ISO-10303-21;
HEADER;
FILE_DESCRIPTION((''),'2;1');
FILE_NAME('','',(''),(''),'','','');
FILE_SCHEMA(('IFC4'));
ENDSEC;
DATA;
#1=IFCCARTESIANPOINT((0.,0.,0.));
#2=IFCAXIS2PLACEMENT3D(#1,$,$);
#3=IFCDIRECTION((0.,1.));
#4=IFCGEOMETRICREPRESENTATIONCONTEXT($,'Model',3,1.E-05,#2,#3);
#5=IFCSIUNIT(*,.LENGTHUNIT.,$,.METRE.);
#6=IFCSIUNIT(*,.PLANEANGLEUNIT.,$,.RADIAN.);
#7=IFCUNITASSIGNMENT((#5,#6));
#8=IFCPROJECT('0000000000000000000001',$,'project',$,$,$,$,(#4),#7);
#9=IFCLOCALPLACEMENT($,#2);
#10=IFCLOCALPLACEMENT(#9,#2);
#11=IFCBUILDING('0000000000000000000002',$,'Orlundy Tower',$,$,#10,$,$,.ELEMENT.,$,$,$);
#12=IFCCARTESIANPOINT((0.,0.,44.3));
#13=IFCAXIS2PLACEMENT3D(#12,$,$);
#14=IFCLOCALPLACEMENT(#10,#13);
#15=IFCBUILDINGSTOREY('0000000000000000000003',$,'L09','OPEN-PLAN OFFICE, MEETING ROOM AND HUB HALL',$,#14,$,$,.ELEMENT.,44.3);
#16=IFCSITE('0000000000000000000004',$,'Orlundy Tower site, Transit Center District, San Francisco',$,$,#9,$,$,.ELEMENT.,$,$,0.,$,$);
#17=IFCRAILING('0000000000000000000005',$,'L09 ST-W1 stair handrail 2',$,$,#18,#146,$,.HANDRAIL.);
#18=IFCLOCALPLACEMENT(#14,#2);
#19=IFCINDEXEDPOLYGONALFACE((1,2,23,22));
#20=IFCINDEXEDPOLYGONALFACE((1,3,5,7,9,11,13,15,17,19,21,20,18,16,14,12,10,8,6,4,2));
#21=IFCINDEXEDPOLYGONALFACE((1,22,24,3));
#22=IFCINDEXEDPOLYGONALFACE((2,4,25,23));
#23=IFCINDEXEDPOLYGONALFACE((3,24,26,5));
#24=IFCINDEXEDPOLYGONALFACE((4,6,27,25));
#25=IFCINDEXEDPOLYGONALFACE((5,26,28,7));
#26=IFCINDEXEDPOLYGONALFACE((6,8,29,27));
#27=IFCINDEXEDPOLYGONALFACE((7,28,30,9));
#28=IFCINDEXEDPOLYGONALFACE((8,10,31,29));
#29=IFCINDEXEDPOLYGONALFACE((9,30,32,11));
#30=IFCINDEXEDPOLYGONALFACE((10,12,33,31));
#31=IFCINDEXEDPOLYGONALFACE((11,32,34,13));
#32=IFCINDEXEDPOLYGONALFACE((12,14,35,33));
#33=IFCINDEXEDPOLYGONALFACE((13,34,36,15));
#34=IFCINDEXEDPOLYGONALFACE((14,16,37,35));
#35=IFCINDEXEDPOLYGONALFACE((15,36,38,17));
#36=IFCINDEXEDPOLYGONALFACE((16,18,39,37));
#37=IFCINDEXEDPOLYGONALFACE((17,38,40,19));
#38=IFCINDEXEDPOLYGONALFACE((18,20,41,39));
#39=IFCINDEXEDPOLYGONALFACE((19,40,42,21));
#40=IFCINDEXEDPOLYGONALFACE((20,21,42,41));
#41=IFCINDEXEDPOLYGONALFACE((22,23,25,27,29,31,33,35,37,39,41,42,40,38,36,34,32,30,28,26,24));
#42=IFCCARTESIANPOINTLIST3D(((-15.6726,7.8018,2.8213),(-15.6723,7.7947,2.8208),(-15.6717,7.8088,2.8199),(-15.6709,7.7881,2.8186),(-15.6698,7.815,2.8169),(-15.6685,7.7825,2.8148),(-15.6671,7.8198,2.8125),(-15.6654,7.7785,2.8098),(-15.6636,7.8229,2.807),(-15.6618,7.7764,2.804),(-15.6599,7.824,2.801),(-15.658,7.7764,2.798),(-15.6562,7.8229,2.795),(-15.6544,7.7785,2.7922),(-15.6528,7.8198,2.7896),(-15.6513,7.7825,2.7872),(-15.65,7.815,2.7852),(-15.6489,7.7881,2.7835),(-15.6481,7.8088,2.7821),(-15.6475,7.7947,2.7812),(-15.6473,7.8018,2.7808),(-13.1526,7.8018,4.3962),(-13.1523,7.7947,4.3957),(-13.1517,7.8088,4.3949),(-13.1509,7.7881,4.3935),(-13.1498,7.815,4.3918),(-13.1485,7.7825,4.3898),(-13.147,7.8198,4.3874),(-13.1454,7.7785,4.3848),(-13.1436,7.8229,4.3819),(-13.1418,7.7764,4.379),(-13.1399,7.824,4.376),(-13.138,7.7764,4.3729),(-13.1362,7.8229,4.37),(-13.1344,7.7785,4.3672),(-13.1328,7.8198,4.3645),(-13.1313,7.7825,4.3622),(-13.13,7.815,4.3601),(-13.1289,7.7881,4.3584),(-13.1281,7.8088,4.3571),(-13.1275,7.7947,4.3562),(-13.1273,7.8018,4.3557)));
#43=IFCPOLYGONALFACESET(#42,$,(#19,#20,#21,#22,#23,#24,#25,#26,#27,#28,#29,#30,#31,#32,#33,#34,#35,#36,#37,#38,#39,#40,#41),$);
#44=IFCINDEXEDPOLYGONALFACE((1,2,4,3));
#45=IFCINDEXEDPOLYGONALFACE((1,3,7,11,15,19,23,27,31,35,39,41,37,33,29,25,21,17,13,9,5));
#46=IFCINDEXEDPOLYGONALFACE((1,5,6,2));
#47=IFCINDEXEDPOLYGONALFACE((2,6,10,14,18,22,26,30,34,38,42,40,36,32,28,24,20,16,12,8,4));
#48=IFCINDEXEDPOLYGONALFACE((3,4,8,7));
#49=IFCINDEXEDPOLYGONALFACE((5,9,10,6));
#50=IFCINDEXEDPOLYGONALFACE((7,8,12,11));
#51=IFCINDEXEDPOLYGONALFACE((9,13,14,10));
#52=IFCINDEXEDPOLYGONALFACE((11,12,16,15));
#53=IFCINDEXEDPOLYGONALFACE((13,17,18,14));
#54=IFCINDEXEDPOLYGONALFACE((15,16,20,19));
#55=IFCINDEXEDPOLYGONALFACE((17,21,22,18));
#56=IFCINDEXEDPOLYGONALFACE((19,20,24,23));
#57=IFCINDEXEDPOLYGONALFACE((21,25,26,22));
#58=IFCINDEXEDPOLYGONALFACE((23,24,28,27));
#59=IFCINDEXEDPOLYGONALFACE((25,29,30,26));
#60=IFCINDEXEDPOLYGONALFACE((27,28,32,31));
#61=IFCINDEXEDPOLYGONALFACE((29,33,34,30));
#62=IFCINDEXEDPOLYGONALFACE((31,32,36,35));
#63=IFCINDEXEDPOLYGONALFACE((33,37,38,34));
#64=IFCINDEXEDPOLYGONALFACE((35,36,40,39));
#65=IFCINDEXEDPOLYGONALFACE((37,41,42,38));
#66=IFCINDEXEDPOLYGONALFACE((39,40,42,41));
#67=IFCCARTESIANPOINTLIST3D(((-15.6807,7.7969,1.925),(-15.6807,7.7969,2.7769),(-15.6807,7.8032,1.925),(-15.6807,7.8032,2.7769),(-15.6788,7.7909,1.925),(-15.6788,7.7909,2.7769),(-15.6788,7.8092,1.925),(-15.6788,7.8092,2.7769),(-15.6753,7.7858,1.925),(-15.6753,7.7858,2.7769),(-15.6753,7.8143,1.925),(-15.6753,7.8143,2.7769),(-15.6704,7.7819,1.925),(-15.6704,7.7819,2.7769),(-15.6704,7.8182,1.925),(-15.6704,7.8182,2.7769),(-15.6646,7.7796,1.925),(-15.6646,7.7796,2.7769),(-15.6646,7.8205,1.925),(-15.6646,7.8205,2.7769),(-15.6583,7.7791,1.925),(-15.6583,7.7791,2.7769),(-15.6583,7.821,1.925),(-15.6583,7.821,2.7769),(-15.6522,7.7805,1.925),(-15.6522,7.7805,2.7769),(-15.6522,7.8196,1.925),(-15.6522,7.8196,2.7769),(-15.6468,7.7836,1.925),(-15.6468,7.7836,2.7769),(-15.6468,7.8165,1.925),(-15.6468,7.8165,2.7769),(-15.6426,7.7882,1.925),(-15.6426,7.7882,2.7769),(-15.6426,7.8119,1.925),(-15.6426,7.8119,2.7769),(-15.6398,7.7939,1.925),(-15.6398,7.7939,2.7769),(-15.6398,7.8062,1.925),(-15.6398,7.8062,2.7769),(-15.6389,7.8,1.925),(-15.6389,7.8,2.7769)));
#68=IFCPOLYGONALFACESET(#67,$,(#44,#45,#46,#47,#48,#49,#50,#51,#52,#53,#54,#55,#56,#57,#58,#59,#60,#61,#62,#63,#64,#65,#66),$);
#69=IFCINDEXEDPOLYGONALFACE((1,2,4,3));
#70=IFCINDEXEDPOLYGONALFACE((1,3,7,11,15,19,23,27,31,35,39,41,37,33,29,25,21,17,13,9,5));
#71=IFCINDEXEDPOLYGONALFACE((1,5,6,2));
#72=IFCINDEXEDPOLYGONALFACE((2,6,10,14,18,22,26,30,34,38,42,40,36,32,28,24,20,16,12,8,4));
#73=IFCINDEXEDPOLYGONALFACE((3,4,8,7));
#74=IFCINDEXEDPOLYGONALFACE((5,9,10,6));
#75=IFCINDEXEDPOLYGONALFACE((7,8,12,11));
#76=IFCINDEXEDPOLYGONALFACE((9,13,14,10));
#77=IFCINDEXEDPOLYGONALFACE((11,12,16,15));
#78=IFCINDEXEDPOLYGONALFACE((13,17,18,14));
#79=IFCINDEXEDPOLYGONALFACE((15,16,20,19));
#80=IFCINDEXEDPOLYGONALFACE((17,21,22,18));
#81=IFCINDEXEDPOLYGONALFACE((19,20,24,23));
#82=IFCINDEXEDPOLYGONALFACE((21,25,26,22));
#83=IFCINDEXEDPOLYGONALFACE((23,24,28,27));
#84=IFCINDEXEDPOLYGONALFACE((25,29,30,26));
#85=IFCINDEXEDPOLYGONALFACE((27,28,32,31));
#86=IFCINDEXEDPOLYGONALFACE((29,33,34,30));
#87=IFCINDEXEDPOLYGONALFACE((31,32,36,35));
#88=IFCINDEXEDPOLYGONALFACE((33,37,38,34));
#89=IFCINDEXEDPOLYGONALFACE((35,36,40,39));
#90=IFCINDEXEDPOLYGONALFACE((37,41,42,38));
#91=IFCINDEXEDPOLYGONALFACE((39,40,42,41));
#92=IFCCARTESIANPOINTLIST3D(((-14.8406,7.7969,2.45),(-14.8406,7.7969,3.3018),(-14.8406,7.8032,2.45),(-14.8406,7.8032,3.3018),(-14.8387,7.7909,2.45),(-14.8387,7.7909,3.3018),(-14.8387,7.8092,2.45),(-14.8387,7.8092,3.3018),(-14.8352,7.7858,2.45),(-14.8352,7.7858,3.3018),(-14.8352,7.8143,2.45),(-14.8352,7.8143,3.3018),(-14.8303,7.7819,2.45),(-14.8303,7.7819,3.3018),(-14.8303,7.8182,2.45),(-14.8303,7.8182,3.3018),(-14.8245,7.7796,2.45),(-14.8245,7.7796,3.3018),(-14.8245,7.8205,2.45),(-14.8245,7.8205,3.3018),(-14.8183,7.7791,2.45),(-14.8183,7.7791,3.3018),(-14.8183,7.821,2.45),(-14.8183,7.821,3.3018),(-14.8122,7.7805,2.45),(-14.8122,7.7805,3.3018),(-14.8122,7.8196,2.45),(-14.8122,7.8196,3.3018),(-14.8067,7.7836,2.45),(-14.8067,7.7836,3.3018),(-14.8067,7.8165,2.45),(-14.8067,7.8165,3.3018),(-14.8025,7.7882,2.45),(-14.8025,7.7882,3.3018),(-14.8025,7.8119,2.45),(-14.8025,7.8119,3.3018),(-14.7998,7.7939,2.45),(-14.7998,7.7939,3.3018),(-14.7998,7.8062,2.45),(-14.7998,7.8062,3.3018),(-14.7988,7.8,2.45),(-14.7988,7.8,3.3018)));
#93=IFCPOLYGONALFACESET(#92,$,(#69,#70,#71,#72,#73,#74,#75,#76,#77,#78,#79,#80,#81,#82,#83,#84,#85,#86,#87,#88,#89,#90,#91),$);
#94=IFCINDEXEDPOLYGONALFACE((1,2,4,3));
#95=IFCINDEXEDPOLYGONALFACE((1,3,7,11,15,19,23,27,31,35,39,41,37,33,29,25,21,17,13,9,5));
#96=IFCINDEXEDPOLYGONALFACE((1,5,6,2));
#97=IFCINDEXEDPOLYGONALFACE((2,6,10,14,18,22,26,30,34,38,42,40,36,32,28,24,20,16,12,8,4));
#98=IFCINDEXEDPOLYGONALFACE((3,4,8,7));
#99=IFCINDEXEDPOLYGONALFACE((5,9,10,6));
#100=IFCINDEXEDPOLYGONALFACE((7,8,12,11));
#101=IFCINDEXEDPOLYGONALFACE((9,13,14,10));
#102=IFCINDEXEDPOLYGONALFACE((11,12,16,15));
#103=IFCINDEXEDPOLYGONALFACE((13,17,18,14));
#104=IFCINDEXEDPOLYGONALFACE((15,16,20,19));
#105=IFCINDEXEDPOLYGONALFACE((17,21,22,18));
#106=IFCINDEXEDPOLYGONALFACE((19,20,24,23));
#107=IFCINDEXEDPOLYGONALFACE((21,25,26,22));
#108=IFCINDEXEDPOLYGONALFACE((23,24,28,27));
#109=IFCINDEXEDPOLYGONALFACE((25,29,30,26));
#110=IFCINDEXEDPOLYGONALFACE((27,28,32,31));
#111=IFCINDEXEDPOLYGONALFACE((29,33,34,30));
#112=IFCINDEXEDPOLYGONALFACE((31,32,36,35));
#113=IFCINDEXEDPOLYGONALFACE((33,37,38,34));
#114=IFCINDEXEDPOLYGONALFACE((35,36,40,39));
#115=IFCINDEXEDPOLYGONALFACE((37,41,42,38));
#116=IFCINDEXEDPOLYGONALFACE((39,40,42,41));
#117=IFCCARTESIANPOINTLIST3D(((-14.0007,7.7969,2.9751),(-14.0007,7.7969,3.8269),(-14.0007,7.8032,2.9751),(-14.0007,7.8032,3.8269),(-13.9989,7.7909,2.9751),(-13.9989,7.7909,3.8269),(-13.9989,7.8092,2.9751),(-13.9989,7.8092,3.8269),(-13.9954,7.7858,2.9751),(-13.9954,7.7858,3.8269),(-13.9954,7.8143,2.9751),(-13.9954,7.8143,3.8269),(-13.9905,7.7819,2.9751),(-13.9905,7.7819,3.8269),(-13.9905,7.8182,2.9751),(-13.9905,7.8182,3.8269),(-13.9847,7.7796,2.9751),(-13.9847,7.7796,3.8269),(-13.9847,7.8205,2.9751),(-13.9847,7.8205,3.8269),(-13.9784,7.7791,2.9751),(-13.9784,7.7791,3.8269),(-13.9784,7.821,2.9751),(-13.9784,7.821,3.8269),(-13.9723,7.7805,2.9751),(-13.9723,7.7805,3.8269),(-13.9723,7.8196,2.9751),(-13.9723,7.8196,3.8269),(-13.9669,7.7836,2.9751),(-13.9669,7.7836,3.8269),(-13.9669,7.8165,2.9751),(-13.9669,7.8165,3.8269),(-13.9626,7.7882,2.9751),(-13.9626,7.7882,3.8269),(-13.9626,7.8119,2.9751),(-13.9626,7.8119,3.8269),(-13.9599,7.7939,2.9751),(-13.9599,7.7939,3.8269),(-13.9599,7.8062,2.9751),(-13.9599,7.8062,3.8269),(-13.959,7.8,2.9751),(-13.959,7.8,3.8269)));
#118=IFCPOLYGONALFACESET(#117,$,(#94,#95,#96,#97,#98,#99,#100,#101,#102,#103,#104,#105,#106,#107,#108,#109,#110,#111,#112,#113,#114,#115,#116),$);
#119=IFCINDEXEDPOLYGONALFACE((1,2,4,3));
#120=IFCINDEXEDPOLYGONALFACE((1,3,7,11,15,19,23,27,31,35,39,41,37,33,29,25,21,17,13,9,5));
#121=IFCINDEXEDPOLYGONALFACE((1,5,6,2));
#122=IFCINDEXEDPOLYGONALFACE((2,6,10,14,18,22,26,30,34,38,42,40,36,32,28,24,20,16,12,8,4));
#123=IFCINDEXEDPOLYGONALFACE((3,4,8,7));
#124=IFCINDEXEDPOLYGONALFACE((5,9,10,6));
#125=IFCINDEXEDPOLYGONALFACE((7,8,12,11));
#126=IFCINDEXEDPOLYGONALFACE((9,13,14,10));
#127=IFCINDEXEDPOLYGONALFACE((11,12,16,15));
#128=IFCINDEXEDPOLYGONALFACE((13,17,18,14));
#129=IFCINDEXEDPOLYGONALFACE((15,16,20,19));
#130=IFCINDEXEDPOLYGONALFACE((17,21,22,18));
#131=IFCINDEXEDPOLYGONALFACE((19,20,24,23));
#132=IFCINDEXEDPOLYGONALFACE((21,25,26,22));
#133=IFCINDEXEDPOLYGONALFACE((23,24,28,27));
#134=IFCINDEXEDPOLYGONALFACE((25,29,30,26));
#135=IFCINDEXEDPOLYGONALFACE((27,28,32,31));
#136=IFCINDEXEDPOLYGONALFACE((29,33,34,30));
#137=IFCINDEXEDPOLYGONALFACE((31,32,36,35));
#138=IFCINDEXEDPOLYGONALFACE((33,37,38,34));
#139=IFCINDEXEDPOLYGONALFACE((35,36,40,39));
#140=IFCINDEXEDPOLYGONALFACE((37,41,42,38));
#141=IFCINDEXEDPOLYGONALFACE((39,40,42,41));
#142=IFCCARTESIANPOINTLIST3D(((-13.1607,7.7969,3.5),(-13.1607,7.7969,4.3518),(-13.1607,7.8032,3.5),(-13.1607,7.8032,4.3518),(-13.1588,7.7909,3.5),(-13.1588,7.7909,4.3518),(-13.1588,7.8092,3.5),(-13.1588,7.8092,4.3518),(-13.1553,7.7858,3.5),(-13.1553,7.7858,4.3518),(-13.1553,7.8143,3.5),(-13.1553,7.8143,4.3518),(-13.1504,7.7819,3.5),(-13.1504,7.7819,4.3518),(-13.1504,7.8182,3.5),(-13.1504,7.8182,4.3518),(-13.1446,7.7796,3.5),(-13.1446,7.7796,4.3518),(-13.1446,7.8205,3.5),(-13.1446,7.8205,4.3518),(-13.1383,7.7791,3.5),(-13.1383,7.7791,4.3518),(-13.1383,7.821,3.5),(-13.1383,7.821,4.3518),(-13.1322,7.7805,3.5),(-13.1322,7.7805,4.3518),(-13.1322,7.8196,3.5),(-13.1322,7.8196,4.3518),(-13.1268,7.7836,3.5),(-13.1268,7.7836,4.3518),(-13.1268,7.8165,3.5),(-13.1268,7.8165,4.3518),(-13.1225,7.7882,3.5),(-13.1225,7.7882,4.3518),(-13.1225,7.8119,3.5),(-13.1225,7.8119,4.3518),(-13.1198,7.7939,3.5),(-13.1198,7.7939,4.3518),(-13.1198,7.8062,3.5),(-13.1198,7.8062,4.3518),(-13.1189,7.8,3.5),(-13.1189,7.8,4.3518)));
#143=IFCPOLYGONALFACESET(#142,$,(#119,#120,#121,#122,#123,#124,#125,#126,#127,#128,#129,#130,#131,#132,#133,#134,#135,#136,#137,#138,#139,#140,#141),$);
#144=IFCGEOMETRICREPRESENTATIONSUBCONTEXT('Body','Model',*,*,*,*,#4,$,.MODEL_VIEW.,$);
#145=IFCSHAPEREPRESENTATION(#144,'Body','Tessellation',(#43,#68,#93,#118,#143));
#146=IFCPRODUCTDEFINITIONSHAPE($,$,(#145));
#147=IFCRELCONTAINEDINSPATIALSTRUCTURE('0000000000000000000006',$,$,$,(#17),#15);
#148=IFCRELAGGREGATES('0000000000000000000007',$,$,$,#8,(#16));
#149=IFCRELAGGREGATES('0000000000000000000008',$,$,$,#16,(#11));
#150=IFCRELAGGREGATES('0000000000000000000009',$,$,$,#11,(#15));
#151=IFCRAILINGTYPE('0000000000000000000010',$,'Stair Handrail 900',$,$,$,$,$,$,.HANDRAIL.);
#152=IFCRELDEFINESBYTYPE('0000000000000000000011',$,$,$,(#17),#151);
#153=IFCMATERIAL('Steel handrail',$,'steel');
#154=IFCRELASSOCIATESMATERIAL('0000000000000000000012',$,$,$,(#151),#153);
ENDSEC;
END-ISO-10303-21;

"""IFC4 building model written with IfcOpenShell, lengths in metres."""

from ifc_helpers import new_model, si_unit, direction, frame, origin, origin_2d, place, context, subcontext, project, spatial, circle, extrude, material, type_object, element, save


model = new_model("IFC4")

# Units and contexts
model_context = context("Model", 3, precision=1e-05, world=origin(), true_north=direction((0.0, 1.0)))
body_context = subcontext(model_context, "Body", "Model", "MODEL_VIEW")
ifc_project = project(units=[si_unit("LENGTHUNIT", "METRE"), si_unit("PLANEANGLEUNIT", "RADIAN")], contexts=[model_context])

# Site, building, storey
site_placement = place(None, origin())
site = spatial("IfcSite", under=ifc_project, at=site_placement, Name="Orlundy Tower site, Transit Center District, San Francisco", CompositionType="ELEMENT", RefElevation=0.0)
building_placement = place(site_placement, origin())
building = spatial("IfcBuilding", under=site, at=building_placement, Name="Orlundy Tower", CompositionType="ELEMENT")
storey_placement = place(building_placement, frame((0.0, 0.0, 44.3)))
storey = spatial("IfcBuildingStorey", under=building, at=storey_placement, Name="L09", Description="OPEN-PLAN OFFICE, MEETING ROOM AND HUB HALL", CompositionType="ELEMENT", Elevation=44.3)

# Railing
ifc_material_1 = material(Name="Steel handrail", Category="steel")
railing_type_1 = type_object("IfcRailingType", Name="Stair Handrail 900", PredefinedType="HANDRAIL", material=ifc_material_1)
railing_1_placement = place(storey_placement, frame((-15.6599, 7.8, 1.925)))
element("IfcRailing", 1, at=railing_1_placement, inside=storey, type_object=railing_type_1, Name="L09 ST-W1 stair handrail 2", PredefinedType="HANDRAIL", context=body_context, shape_type="SweptSolid", body=[
    extrude(circle(Radius=0.0239, at=origin_2d()), frame((0.0, 0.0, 0.876), z_axis=(0.848008, 0.0, 0.529984), x_axis=(0.0, 1.0, 0.0)), (0.0, 0.0, 1.0), 2.9717),
    extrude(circle(Radius=0.021, at=origin_2d()), origin(), (0.0, 0.0, 1.0), 0.8518),
    extrude(circle(Radius=0.021, at=origin_2d()), frame((0.8401, 0.0, 0.5249)), (0.0, 0.0, 1.0), 0.8518),
    extrude(circle(Radius=0.021, at=origin_2d()), frame((1.6799, 0.0, 1.05)), (0.0, 0.0, 1.0), 0.8518),
    extrude(circle(Radius=0.021, at=origin_2d()), frame((2.52, 0.0, 1.575)), (0.0, 0.0, 1.0), 0.8518),
])

save(model, "model.ifc")
